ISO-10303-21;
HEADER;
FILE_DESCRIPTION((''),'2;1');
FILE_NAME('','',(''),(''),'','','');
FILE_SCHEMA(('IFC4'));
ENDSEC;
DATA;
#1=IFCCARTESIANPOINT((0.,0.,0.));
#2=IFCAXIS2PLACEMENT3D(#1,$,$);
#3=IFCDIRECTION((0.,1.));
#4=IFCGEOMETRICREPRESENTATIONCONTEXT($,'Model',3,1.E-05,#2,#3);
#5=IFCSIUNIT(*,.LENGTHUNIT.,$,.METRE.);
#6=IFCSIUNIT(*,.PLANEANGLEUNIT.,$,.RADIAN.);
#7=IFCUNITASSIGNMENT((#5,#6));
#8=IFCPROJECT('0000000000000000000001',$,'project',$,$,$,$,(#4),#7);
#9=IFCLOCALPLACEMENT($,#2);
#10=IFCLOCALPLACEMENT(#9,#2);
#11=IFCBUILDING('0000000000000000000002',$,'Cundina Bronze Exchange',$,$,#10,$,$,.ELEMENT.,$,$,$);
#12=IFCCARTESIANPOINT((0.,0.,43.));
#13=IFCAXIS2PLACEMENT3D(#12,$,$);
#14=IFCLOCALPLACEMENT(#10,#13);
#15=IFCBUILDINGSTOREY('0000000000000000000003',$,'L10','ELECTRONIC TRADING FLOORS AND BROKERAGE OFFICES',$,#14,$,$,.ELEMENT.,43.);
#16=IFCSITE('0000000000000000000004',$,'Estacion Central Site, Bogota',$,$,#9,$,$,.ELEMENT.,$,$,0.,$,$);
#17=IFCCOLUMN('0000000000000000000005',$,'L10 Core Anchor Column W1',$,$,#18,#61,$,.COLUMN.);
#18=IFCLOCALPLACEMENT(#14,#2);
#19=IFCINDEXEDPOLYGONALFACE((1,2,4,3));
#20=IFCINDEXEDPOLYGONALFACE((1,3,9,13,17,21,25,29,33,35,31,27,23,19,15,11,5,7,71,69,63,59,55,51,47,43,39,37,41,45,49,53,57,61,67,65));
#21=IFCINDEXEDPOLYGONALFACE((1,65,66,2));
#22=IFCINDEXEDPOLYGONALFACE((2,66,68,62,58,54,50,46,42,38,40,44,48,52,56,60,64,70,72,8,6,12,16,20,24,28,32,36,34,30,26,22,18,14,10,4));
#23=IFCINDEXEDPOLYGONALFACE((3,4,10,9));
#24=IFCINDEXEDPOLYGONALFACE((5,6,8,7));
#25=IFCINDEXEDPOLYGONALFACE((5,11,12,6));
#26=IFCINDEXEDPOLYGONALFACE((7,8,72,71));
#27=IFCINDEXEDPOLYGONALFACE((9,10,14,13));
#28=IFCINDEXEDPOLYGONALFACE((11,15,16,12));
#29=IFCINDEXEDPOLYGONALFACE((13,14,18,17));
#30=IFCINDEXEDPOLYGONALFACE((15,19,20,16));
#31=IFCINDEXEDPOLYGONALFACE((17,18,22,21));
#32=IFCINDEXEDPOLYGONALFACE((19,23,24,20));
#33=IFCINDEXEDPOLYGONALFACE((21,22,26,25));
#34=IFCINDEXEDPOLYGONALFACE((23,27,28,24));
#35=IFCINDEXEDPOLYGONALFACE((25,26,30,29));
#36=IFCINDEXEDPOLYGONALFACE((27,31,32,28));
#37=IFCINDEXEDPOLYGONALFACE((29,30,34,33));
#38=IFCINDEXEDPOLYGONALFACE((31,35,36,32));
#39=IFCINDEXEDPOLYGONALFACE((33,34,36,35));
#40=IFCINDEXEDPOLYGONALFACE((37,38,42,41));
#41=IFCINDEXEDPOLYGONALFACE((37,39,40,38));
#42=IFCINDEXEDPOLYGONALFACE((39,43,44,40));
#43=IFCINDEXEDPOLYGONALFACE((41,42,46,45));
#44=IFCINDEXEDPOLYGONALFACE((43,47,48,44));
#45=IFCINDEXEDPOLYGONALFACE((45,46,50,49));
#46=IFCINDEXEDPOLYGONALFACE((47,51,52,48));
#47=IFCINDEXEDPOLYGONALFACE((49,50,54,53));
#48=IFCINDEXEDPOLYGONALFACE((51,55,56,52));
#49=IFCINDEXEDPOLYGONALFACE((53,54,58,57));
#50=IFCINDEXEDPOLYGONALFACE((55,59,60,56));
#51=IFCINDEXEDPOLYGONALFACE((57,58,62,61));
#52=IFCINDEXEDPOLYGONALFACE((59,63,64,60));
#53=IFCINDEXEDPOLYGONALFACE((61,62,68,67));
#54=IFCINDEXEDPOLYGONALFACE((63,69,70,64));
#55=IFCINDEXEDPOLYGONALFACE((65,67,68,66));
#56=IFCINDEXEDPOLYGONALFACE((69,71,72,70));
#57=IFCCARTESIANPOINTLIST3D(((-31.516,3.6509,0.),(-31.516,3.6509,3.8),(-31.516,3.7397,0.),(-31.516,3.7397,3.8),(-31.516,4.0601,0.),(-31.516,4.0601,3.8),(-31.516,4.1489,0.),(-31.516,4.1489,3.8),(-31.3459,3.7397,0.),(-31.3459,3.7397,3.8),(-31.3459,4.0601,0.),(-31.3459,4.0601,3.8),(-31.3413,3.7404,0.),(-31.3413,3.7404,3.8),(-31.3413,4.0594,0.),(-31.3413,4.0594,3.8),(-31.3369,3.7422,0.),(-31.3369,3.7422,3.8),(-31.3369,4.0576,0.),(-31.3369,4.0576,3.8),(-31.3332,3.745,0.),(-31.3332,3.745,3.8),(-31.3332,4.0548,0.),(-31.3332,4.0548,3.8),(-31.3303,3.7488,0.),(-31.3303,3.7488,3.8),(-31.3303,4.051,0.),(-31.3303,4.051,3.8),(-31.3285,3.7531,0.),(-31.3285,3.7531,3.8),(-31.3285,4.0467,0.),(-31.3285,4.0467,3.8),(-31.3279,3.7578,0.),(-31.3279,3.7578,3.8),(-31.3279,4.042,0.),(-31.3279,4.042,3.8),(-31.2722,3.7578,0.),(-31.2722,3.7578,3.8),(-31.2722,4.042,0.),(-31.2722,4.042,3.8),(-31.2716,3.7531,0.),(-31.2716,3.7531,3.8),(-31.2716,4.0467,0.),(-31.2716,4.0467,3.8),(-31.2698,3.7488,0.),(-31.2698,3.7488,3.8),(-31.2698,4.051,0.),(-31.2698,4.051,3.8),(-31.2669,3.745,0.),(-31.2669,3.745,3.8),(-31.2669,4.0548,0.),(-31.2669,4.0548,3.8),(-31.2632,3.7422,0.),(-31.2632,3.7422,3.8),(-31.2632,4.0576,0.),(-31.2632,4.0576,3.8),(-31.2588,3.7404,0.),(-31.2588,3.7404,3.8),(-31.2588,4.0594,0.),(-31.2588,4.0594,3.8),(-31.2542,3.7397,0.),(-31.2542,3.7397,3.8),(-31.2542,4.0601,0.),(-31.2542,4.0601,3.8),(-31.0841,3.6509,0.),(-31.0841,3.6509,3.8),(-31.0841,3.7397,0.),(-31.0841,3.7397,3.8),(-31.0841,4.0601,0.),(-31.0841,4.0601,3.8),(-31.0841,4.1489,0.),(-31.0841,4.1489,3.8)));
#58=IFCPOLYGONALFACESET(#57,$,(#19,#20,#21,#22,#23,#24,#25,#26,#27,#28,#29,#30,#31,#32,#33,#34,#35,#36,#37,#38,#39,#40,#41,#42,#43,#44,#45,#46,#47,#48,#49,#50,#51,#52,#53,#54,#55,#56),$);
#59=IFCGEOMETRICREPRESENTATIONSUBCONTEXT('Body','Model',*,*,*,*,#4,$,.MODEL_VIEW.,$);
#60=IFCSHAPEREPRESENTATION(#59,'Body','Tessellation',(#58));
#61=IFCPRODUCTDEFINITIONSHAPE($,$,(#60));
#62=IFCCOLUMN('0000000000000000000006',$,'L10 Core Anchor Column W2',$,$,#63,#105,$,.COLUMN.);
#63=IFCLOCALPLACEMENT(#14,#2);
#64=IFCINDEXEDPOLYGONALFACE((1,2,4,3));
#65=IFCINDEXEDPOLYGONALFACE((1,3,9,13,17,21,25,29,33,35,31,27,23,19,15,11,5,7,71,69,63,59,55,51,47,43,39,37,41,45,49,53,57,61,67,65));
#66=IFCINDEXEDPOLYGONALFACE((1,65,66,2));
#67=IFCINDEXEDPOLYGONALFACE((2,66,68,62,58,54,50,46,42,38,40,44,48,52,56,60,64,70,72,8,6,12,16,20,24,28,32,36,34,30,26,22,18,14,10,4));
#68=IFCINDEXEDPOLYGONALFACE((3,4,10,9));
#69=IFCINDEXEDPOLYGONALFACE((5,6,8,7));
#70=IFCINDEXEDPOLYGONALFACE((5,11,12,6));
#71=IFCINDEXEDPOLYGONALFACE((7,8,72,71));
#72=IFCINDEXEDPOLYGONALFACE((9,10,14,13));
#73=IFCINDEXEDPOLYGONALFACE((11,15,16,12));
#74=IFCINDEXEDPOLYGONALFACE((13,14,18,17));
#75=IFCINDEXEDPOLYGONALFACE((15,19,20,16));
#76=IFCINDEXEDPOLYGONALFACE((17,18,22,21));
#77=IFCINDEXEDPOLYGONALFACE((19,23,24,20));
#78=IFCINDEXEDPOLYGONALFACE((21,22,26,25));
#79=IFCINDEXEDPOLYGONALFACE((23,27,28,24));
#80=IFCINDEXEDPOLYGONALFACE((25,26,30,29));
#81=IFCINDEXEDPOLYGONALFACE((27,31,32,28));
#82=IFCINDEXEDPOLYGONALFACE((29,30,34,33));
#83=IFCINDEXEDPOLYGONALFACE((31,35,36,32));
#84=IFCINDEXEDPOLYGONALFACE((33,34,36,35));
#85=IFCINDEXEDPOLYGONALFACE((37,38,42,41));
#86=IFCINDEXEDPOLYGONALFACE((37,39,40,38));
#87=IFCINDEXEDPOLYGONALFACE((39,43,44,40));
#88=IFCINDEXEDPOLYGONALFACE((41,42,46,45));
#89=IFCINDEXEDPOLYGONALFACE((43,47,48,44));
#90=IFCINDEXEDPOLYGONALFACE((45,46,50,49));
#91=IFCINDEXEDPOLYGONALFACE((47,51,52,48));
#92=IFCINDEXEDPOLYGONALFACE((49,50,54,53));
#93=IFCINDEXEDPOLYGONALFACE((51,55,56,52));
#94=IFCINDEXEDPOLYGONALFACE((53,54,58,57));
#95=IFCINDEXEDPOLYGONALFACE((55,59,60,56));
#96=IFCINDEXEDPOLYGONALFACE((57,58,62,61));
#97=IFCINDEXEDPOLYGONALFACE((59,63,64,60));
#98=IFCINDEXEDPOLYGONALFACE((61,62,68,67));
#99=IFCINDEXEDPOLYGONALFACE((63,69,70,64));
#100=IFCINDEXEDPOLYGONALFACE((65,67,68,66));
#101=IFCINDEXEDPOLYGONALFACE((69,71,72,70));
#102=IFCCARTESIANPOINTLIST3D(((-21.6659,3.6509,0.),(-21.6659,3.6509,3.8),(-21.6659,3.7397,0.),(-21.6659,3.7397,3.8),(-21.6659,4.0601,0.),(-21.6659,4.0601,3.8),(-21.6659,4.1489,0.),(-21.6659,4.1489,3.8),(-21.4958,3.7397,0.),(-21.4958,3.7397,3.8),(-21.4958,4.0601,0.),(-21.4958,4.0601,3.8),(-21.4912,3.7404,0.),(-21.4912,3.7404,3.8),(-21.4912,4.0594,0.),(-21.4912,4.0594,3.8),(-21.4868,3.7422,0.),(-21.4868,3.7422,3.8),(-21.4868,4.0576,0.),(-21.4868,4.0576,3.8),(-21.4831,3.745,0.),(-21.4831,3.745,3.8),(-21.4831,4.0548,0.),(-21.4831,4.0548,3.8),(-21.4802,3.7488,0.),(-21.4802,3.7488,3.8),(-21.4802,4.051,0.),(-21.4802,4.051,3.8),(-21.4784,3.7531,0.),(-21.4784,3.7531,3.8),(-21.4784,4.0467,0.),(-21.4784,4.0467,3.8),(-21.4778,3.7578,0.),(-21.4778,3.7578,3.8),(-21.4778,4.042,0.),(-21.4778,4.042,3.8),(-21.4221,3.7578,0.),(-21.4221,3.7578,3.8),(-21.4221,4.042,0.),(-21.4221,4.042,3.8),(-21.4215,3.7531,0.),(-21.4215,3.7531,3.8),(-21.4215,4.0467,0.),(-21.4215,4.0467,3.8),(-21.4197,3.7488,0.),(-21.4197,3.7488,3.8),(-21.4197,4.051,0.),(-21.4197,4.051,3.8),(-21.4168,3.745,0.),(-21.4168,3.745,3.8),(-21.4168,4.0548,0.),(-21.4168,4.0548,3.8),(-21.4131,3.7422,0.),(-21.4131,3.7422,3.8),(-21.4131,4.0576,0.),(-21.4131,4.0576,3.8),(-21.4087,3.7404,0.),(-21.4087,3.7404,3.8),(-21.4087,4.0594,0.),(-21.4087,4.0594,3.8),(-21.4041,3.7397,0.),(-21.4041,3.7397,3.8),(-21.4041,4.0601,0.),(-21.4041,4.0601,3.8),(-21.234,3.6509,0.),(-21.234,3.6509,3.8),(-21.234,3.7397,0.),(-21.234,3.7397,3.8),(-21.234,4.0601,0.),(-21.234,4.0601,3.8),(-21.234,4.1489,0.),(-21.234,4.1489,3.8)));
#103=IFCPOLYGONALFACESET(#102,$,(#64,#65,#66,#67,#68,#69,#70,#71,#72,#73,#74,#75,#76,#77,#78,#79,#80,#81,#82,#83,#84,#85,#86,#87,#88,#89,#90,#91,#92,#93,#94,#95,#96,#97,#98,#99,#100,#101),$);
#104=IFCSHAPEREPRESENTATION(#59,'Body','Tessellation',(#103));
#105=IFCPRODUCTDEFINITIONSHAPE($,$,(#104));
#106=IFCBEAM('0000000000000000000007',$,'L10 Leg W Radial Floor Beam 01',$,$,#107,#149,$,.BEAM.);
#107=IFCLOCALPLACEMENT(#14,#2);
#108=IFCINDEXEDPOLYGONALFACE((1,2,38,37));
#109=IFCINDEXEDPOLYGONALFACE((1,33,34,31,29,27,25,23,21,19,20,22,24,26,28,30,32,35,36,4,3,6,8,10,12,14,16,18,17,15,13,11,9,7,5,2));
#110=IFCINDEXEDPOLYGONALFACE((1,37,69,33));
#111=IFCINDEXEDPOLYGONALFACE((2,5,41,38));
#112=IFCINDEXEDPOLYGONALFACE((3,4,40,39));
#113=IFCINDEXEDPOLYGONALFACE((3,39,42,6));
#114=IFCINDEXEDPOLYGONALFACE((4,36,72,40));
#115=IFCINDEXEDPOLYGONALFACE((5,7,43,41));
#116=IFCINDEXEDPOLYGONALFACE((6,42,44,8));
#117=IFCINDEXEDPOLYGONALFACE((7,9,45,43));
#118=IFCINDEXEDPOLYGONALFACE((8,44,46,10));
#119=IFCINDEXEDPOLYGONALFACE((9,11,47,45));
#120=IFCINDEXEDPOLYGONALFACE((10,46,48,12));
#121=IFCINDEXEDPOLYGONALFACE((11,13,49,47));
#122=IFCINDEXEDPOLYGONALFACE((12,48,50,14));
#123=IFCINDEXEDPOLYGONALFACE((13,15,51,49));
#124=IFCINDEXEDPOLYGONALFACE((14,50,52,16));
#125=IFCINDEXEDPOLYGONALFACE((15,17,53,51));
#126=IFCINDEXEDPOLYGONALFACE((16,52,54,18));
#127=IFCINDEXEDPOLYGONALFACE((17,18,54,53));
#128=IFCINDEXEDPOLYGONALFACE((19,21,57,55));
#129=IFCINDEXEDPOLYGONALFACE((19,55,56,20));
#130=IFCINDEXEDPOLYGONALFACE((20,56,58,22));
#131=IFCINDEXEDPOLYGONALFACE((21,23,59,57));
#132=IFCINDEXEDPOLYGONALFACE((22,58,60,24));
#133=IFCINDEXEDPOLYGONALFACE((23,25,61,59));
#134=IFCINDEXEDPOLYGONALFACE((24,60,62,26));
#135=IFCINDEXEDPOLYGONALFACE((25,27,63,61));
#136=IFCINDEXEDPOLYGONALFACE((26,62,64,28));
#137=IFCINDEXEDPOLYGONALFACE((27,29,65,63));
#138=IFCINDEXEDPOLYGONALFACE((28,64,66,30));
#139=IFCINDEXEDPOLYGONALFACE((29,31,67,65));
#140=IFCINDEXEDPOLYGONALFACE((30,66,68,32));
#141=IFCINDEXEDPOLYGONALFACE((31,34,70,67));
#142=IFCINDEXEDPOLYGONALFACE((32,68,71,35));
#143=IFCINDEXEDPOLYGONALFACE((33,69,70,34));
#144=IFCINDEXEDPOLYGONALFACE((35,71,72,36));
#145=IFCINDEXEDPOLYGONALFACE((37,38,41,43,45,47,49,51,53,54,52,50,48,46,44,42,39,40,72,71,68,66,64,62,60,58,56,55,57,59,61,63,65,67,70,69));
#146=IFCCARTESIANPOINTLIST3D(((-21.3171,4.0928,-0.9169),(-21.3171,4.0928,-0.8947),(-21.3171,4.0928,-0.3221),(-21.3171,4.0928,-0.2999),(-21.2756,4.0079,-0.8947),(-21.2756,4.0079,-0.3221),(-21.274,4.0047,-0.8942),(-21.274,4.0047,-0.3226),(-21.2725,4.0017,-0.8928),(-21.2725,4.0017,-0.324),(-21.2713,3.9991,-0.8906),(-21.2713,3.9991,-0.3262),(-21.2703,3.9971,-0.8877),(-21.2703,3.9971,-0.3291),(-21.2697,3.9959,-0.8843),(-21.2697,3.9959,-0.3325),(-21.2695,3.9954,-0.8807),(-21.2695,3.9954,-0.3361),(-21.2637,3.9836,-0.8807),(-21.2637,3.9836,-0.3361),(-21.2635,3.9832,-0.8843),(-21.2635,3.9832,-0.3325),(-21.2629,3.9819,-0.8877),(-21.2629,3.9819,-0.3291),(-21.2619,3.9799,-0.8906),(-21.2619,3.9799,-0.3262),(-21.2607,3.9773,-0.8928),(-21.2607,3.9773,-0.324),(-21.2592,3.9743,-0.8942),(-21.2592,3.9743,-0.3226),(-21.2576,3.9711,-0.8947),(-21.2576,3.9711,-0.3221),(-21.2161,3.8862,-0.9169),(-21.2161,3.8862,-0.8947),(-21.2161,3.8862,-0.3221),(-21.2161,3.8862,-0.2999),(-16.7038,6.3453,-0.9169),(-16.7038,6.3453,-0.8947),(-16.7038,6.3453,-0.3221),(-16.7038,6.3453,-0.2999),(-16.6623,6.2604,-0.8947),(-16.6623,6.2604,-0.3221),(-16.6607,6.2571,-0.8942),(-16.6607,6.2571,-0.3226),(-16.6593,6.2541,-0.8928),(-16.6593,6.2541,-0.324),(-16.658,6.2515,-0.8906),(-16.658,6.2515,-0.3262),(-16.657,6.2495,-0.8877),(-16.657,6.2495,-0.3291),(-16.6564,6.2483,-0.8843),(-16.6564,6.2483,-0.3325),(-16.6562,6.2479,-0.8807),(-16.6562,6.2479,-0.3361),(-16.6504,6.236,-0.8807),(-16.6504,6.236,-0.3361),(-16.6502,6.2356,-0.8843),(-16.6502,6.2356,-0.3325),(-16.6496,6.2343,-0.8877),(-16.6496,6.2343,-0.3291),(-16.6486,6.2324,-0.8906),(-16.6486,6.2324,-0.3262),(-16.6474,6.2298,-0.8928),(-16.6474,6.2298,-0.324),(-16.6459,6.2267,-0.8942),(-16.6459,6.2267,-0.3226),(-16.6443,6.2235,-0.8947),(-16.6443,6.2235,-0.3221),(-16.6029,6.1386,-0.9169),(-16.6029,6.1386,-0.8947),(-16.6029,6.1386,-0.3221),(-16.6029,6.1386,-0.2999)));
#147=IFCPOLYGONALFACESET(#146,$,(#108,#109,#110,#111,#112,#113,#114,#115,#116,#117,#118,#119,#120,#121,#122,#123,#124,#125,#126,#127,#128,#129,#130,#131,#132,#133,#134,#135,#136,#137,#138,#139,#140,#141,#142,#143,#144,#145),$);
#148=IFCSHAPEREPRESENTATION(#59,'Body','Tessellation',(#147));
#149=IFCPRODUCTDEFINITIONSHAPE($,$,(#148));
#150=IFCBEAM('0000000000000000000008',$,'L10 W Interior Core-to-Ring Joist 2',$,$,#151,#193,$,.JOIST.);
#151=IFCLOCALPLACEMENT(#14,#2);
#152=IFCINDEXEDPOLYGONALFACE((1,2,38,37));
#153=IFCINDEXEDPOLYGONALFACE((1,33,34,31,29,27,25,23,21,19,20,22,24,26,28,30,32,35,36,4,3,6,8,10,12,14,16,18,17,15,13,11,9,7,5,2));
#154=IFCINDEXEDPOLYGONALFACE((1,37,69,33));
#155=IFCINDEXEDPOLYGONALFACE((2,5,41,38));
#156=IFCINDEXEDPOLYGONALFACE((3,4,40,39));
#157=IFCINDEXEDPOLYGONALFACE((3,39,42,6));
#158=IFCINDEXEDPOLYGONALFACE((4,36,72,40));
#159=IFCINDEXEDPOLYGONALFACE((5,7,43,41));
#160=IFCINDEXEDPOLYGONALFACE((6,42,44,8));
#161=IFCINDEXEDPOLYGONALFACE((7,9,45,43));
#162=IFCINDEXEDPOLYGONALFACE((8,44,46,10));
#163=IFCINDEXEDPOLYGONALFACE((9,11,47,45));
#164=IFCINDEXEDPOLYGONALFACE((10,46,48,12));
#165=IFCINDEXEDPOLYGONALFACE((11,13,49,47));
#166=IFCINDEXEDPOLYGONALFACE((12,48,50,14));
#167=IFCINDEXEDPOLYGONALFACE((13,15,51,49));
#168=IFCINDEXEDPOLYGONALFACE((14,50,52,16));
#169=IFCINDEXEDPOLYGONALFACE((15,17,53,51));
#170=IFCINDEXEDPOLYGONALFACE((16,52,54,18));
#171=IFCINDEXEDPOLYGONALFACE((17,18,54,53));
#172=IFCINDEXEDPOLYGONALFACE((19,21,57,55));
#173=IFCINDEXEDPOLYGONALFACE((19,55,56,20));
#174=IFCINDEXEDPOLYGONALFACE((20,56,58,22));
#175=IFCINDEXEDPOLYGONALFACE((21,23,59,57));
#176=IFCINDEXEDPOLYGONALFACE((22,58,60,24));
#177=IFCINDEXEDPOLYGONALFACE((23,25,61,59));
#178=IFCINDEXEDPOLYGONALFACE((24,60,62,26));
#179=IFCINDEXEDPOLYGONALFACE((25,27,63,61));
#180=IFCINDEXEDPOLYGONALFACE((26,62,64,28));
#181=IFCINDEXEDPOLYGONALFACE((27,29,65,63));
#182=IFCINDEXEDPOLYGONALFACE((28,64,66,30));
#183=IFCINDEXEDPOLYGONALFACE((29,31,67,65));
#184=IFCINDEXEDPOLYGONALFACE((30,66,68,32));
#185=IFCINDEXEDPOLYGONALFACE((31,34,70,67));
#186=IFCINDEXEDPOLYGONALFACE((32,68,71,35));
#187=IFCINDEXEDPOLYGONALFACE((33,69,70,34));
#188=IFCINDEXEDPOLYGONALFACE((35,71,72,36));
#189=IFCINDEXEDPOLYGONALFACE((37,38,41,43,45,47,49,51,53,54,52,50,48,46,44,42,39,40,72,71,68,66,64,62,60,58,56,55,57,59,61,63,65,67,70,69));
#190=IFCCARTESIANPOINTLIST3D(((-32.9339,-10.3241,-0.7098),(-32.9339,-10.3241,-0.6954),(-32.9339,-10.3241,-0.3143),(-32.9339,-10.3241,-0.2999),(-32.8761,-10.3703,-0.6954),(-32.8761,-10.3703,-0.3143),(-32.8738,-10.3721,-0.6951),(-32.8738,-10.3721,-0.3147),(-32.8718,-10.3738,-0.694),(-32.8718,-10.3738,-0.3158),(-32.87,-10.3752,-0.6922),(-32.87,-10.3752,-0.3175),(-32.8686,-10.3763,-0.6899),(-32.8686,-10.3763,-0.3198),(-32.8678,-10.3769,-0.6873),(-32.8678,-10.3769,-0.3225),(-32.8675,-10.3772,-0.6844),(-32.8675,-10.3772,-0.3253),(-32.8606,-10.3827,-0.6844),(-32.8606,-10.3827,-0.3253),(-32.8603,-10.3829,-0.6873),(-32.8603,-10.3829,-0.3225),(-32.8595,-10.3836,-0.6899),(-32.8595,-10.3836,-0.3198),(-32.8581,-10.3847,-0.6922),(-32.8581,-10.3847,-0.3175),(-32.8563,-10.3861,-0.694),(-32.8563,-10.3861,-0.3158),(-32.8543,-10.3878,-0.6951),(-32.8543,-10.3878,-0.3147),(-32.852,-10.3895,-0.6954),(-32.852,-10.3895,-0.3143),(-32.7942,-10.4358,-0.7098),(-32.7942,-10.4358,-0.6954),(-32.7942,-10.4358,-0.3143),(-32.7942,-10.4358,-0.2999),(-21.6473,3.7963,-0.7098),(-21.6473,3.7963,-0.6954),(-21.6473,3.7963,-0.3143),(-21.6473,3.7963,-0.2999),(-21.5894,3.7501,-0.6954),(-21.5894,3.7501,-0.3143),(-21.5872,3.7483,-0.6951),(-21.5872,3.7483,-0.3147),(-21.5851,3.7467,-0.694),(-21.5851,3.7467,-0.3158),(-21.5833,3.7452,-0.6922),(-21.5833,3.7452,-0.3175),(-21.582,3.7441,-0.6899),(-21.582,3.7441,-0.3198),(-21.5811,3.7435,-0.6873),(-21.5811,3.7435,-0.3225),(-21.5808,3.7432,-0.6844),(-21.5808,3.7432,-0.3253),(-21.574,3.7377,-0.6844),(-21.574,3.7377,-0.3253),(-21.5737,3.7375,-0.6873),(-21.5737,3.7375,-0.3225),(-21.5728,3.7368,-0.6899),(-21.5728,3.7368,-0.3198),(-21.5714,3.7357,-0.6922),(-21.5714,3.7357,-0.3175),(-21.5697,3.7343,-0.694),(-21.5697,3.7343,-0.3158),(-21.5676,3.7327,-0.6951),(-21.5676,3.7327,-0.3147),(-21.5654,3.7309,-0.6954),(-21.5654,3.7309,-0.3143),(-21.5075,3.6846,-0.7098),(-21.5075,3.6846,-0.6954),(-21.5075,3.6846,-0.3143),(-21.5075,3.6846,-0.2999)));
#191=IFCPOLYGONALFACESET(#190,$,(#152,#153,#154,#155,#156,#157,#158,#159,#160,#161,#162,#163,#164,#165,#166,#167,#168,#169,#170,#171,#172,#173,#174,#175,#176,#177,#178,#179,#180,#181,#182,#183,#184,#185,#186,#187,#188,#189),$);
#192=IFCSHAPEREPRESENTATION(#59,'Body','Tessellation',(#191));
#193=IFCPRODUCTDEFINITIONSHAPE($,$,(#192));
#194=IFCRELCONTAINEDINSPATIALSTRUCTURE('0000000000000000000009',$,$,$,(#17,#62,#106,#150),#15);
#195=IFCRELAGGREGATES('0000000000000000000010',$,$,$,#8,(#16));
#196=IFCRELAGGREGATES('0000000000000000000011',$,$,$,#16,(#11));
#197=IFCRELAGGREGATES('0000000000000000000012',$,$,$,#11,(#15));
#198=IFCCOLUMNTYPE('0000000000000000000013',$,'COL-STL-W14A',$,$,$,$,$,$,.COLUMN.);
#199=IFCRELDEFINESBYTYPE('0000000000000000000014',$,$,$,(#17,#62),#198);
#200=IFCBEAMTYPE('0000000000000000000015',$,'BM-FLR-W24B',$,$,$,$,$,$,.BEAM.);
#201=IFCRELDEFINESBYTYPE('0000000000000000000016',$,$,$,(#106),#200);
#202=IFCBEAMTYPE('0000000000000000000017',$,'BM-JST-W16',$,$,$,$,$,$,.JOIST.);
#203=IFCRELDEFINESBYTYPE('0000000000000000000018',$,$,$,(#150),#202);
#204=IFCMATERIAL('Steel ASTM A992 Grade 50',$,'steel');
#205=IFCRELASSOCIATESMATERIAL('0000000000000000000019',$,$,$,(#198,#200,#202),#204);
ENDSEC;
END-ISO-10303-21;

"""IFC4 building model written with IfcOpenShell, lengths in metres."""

from ifc_helpers import new_model, si_unit, direction, frame, origin, origin_2d, place, context, subcontext, project, spatial, i_section, extrude, material, material_profile, profile_set, type_object, element, save


model = new_model("IFC4")

# Units and contexts
model_context = context("Model", 3, precision=1e-05, world=origin(), true_north=direction((0.0, 1.0)))
body_context = subcontext(model_context, "Body", "Model", "MODEL_VIEW")
ifc_project = project(units=[si_unit("LENGTHUNIT", "METRE"), si_unit("PLANEANGLEUNIT", "RADIAN")], contexts=[model_context])

# Site, building, storey
site_placement = place(None, origin())
site = spatial("IfcSite", under=ifc_project, at=site_placement, Name="Estacion Central Site, Bogota", CompositionType="ELEMENT", RefElevation=0.0)
building_placement = place(site_placement, origin())
building = spatial("IfcBuilding", under=site, at=building_placement, Name="Cundina Bronze Exchange", CompositionType="ELEMENT")
storey_placement = place(building_placement, frame((0.0, 0.0, 43.0)))
storey = spatial("IfcBuildingStorey", under=building, at=storey_placement, Name="L10", Description="ELECTRONIC TRADING FLOORS AND BROKERAGE OFFICES", CompositionType="ELEMENT", Elevation=43.0)

# Columns
ifc_material_1 = material(Name="Steel ASTM A992 Grade 50", Category="steel")
ifc_material_profile_1 = material_profile(ifc_material_1, i_section(OverallWidth=0.4319, OverallDepth=0.498, WebThickness=0.0557, FlangeThickness=0.0889, FilletRadius=0.0181, at=origin_2d()), Name="W14X500", Category="steel")
ifc_profile_set_1 = profile_set([ifc_material_profile_1], Name="Steel ASTM A992 Grade 50")
column_type = type_object("IfcColumnType", Name="COL-STL-W14A", PredefinedType="COLUMN", material=ifc_profile_set_1)
for number, where, z_axis, x_axis, name in (
    (1, (-31.3, 3.8999, 0.0), (0.0, 0.0, 1.0), (1.0, 0.0, 0.0), "L10 Core Anchor Column W1"),
    (2, (-21.45, 3.8999, 0.0), (0.0, 0.0, 1.0), (1.0, 0.0, 0.0), "L10 Core Anchor Column W2"),
):
    element("IfcColumn", number, at=place(storey_placement, frame(where, z_axis=z_axis, x_axis=x_axis)), inside=storey, type_object=column_type, Name=name, PredefinedType="COLUMN", context=body_context, shape_type="SweptSolid", body=[
        extrude(i_section(OverallWidth=0.4319, OverallDepth=0.498, WebThickness=0.0557, FlangeThickness=0.0889, FilletRadius=0.0181, at=origin_2d()), origin(), (0.0, 0.0, 1.0), 3.8),
    ])

# Beams
ifc_material_profile_2 = material_profile(ifc_material_1, i_section(OverallWidth=0.23, OverallDepth=0.6169, WebThickness=0.0132, FlangeThickness=0.0222, FilletRadius=0.0139, at=origin_2d()), Name="W24X94", Category="steel")
ifc_profile_set_2 = profile_set([ifc_material_profile_2], Name="Steel ASTM A992 Grade 50")
beam_type_1 = type_object("IfcBeamType", Name="BM-FLR-W24B", PredefinedType="BEAM", material=ifc_profile_set_2)
beam_1_placement = place(storey_placement, frame((-21.2666, 3.9895, -0.6084), z_axis=(0.89861, 0.438748, 0.0), x_axis=(-0.438748, 0.89861, 0.0)))
element("IfcBeam", 3, at=beam_1_placement, inside=storey, type_object=beam_type_1, Name="L10 Leg W Radial Floor Beam 01", PredefinedType="BEAM", context=body_context, shape_type="SweptSolid", body=[
    extrude(i_section(OverallWidth=0.23, OverallDepth=0.6169, WebThickness=0.0132, FlangeThickness=0.0222, FilletRadius=0.0139, at=origin_2d()), origin(), (0.0, 0.0, 1.0), 5.1338),
])
ifc_material_profile_3 = material_profile(ifc_material_1, i_section(OverallWidth=0.179, OverallDepth=0.4099, WebThickness=0.0088, FlangeThickness=0.0144, FilletRadius=0.011, at=origin_2d()), Name="W16X45", Category="steel")
ifc_profile_set_3 = profile_set([ifc_material_profile_3], Name="Steel ASTM A992 Grade 50")
beam_type_2 = type_object("IfcBeamType", Name="BM-JST-W16", PredefinedType="JOIST", material=ifc_profile_set_3)
beam_2_placement = place(storey_placement, frame((-21.5774, 3.7405, -0.5049), z_axis=(-0.624369, -0.78113, 0.0), x_axis=(0.78113, -0.624369, 0.0)))
element("IfcBeam", 4, at=beam_2_placement, inside=storey, type_object=beam_type_2, Name="L10 W Interior Core-to-Ring Joist 2", PredefinedType="JOIST", context=body_context, shape_type="SweptSolid", body=[
    extrude(i_section(OverallWidth=0.179, OverallDepth=0.4099, WebThickness=0.0088, FlangeThickness=0.0144, FilletRadius=0.011, at=origin_2d()), origin(), (0.0, 0.0, 1.0), 18.0769),
])

save(model, "model.ifc")
